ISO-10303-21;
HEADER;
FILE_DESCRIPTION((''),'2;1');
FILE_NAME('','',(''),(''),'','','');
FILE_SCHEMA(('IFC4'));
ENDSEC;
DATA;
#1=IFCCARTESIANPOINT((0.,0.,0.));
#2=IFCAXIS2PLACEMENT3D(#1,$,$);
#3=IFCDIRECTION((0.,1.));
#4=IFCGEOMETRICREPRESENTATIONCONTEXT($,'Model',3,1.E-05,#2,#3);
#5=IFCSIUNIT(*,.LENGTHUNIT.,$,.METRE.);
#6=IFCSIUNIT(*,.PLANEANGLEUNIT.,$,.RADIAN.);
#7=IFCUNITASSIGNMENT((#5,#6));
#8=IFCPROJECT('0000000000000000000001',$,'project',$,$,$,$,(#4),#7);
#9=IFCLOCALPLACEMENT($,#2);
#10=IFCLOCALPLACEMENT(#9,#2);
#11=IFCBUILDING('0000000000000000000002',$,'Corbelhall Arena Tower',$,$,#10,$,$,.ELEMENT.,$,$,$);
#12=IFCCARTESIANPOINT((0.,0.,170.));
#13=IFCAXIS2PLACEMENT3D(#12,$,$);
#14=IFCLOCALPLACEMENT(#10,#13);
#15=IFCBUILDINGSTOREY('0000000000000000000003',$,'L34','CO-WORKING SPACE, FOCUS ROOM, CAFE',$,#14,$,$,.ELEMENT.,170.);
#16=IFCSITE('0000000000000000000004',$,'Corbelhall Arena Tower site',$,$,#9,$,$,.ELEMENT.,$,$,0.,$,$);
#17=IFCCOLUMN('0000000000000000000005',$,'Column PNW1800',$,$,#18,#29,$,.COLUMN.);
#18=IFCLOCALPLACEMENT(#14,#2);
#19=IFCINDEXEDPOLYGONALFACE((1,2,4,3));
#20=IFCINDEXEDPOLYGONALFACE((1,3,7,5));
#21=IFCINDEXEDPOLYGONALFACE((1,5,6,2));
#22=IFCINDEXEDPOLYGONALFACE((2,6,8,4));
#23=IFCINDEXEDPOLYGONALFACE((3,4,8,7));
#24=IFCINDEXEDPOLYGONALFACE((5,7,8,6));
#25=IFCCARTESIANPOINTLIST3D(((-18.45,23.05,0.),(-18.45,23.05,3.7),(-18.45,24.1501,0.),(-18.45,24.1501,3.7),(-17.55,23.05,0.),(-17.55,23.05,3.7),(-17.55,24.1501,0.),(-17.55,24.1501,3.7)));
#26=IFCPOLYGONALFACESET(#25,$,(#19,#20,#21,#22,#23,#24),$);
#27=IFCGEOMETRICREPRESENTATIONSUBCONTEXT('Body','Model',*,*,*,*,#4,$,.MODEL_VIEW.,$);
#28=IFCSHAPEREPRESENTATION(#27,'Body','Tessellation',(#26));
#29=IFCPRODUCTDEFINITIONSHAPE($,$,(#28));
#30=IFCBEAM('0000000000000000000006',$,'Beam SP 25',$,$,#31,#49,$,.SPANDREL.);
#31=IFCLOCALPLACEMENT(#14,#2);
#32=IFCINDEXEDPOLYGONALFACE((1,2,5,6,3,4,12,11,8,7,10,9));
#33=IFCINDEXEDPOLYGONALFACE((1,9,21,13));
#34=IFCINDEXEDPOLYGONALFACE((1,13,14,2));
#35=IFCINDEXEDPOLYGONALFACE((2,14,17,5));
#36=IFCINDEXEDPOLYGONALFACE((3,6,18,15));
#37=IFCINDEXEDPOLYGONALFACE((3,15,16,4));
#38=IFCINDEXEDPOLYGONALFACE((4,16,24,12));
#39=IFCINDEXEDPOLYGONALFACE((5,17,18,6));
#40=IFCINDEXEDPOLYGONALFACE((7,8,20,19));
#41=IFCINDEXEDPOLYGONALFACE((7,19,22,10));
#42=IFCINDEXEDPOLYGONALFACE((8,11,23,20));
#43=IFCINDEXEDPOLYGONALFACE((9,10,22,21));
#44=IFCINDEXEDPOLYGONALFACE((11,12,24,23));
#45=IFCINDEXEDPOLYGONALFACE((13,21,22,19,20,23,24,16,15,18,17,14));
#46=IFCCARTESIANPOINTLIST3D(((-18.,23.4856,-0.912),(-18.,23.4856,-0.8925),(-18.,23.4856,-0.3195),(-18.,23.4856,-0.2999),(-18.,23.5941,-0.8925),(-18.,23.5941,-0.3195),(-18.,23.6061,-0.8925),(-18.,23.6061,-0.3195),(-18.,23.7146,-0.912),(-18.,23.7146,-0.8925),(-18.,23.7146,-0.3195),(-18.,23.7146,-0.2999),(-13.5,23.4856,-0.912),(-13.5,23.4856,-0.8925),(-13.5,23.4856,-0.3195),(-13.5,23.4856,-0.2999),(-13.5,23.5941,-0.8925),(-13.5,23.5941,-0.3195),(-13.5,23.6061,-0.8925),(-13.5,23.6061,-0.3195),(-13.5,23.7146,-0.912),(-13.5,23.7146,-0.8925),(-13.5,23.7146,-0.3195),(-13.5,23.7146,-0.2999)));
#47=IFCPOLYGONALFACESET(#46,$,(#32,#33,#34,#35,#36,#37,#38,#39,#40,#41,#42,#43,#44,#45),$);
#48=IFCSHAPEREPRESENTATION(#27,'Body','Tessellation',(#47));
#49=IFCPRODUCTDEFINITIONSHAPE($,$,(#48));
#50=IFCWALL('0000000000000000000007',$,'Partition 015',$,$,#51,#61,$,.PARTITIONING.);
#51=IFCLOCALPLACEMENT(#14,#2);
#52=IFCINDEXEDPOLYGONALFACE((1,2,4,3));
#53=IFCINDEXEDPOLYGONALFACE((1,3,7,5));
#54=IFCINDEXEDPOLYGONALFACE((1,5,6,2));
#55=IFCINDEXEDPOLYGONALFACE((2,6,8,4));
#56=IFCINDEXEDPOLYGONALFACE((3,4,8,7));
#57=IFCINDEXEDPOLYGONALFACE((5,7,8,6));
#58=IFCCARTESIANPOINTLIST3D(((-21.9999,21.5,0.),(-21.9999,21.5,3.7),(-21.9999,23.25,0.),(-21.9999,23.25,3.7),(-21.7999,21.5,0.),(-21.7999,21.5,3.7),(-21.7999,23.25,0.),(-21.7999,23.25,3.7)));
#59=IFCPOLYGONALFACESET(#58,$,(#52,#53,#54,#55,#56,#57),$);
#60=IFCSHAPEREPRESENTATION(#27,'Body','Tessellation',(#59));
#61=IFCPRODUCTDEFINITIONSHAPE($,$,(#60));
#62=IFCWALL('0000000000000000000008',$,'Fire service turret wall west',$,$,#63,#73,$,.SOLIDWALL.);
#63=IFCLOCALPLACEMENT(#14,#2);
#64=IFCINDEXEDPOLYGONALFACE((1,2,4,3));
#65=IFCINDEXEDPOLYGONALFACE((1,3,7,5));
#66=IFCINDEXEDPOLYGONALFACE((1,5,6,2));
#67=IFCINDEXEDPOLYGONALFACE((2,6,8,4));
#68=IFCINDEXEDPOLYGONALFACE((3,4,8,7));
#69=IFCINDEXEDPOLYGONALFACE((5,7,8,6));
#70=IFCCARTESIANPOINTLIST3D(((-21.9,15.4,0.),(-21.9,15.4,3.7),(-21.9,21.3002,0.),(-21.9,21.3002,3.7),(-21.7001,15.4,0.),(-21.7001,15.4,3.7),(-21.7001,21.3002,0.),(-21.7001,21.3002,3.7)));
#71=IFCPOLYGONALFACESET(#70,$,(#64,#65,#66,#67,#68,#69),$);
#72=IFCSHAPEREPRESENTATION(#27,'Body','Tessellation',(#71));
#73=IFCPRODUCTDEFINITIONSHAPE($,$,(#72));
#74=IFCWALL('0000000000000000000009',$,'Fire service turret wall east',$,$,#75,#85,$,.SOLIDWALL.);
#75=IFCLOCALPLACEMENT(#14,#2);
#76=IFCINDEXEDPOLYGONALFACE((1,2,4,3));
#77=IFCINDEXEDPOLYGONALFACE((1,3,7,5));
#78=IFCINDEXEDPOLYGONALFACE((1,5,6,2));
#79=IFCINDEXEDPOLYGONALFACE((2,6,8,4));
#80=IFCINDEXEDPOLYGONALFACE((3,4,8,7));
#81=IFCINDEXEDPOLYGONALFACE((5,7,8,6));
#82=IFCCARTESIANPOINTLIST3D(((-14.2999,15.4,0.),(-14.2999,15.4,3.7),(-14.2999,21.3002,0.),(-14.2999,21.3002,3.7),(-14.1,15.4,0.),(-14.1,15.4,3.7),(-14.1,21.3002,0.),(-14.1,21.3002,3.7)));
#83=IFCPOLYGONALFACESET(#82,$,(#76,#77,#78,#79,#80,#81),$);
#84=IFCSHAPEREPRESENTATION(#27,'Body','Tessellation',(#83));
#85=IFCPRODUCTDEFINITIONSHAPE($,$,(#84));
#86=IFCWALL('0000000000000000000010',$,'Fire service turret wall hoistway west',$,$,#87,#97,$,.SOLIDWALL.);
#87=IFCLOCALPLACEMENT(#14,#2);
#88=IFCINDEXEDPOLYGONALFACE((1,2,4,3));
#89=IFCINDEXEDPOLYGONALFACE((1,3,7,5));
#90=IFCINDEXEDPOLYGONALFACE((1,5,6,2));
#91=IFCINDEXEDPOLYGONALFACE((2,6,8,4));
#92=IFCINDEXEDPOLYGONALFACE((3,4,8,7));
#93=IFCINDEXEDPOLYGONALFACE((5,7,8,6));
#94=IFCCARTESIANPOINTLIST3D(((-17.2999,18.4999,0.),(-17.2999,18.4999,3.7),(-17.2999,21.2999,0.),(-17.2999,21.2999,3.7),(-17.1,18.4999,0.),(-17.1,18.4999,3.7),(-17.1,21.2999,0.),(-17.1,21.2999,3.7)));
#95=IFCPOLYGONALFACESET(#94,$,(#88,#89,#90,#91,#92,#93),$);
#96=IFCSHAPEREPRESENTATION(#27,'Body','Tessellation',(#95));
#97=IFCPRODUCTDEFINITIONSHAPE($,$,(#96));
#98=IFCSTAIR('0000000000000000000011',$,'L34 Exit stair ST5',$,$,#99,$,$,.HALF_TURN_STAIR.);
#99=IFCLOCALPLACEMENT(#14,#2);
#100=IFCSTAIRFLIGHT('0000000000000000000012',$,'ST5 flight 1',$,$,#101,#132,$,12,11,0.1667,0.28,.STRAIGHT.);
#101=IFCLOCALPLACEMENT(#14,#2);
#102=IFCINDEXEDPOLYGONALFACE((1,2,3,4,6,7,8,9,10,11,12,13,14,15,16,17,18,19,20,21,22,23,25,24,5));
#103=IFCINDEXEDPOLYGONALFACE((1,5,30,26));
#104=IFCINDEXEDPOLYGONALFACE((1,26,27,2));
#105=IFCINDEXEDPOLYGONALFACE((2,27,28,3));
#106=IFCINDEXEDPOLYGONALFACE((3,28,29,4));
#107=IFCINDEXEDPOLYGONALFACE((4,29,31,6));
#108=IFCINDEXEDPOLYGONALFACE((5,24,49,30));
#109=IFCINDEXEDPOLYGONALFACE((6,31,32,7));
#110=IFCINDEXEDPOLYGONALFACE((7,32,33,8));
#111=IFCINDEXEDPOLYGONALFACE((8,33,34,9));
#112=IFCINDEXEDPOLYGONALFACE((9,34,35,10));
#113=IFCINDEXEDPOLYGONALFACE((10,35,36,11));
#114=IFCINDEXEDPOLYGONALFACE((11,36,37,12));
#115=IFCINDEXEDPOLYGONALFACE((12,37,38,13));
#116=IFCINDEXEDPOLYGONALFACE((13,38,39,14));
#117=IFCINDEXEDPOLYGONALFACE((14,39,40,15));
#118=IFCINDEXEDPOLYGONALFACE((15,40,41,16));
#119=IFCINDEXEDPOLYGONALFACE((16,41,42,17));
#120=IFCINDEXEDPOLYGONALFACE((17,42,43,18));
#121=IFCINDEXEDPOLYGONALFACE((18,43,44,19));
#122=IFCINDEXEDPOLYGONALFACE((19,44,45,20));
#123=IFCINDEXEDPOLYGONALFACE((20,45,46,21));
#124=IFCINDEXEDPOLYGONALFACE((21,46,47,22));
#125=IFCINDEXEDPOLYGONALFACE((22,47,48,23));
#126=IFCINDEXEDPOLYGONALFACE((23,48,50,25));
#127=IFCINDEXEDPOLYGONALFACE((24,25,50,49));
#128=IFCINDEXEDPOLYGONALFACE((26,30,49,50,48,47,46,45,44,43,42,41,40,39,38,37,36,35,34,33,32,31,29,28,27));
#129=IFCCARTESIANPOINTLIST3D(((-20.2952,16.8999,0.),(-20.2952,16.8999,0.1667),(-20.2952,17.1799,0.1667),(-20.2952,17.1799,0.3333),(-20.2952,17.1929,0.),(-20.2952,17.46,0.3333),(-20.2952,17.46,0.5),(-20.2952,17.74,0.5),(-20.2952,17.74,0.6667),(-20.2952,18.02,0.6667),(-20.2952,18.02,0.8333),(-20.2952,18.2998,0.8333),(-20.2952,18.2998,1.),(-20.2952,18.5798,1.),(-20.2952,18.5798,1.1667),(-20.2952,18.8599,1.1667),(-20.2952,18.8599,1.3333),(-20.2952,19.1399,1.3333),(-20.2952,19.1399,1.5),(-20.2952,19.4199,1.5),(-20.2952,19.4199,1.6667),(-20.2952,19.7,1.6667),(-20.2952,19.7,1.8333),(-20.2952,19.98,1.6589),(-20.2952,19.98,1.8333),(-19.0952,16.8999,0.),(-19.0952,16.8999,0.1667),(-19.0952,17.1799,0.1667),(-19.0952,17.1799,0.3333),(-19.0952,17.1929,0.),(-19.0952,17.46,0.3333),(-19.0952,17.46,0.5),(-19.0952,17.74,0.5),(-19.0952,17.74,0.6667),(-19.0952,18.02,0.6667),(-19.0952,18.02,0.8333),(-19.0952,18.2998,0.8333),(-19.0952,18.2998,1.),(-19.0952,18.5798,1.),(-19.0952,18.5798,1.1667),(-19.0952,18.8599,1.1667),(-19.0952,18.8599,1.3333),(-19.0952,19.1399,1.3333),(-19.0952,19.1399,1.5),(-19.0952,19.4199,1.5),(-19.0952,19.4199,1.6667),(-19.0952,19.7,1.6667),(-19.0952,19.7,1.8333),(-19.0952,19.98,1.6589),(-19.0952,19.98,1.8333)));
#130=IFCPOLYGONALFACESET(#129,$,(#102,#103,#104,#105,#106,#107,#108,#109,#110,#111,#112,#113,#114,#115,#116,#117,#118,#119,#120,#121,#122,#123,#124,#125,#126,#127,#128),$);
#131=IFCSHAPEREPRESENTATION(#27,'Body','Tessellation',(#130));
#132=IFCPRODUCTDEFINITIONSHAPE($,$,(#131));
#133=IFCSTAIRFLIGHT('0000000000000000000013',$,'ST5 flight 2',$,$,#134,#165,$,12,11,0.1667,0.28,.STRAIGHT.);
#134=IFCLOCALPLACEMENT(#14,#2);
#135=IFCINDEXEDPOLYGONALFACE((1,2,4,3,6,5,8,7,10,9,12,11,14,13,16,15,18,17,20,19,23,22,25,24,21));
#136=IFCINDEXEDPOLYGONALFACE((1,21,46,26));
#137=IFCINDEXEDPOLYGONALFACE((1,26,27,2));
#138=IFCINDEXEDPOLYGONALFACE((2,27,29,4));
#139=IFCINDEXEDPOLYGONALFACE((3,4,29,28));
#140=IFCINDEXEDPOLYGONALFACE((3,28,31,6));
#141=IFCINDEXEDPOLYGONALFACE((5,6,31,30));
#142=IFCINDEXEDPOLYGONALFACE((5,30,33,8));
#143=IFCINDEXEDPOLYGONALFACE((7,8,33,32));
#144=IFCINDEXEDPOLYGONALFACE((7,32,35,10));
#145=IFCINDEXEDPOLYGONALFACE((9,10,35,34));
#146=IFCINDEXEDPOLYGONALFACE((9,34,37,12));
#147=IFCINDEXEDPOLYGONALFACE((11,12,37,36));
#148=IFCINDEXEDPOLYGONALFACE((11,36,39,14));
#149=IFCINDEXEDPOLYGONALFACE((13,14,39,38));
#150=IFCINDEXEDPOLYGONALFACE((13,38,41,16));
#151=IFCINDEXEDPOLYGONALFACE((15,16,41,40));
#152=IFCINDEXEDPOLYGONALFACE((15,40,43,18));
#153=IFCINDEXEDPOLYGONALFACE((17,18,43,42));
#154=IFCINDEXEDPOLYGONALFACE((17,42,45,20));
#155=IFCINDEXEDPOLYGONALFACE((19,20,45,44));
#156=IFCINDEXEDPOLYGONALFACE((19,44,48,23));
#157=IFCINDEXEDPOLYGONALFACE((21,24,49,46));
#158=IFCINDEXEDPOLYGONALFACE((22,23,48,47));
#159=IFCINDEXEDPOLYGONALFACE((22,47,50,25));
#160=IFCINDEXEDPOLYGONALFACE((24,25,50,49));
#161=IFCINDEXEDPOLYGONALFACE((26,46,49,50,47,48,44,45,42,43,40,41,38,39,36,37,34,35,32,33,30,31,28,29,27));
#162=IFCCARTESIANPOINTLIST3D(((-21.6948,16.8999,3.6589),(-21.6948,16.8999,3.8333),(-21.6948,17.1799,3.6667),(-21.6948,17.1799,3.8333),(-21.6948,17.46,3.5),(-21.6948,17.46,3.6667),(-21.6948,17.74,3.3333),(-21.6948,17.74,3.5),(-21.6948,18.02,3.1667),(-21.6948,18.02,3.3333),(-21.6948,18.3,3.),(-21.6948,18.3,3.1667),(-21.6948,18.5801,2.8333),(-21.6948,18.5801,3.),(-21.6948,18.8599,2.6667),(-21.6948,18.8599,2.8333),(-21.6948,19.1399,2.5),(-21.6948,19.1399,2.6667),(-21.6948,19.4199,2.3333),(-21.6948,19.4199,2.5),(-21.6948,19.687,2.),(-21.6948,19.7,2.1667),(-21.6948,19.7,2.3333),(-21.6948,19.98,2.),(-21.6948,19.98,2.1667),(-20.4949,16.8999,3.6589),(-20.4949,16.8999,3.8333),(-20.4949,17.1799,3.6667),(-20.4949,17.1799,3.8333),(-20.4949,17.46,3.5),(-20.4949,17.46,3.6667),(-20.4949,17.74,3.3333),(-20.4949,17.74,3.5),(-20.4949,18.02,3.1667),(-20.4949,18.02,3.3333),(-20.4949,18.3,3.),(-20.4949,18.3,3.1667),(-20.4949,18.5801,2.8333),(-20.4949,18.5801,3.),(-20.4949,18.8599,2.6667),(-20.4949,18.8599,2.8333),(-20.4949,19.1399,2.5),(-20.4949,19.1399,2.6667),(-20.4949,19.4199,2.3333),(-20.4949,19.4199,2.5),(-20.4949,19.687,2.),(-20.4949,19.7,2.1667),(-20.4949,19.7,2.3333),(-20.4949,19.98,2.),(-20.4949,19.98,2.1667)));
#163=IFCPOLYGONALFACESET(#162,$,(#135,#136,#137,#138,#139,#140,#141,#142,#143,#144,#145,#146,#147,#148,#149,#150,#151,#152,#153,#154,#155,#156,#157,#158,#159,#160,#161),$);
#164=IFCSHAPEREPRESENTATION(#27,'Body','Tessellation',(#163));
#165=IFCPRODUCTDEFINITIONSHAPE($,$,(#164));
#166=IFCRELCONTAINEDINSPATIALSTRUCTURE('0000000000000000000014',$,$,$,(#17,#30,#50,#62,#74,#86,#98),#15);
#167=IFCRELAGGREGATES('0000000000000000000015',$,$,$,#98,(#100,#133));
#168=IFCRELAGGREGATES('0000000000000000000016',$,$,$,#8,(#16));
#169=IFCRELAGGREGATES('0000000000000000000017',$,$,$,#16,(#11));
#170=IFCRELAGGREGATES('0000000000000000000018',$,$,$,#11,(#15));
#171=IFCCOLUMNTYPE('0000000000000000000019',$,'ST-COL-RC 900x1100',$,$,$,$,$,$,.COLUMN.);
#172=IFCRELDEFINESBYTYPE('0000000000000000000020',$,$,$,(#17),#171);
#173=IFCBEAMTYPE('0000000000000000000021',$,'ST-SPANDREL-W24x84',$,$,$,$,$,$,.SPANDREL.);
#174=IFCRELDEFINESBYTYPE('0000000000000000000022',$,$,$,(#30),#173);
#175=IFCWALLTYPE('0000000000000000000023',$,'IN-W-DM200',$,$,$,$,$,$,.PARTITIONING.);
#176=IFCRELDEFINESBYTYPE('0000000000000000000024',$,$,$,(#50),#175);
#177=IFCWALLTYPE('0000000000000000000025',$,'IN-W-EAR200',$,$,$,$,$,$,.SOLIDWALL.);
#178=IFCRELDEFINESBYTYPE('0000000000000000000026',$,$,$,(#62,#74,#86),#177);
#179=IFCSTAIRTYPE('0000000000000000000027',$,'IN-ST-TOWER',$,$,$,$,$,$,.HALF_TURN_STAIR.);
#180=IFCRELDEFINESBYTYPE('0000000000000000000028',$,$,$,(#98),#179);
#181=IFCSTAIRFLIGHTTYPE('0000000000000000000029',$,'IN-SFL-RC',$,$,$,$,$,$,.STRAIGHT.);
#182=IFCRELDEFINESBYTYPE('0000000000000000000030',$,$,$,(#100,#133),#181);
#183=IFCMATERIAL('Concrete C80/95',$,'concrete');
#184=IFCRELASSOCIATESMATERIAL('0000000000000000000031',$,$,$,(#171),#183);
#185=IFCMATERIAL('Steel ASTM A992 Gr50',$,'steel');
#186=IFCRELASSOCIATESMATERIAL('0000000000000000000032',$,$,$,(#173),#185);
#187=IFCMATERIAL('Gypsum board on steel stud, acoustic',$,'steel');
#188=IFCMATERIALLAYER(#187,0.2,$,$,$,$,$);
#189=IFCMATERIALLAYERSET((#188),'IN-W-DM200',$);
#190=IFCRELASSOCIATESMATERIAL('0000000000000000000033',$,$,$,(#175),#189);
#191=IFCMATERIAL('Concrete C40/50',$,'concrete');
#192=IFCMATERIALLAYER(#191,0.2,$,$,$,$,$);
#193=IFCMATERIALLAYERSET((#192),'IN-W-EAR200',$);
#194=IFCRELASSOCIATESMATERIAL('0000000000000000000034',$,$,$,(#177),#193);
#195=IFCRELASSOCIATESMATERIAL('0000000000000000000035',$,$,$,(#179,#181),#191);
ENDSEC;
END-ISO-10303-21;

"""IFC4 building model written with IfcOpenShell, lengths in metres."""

from ifc_helpers import new_model, si_unit, direction, frame, frame_2d, origin, origin_2d, place, context, subcontext, project, spatial, polyline, rectangle, i_section, outline, extrude, material, layer, layer_set, material_profile, profile_set, type_object, element, aggregate, save


model = new_model("IFC4")

# Units and contexts
model_context = context("Model", 3, precision=1e-05, world=origin(), true_north=direction((0.0, 1.0)))
body_context = subcontext(model_context, "Body", "Model", "MODEL_VIEW")
ifc_project = project(units=[si_unit("LENGTHUNIT", "METRE"), si_unit("PLANEANGLEUNIT", "RADIAN")], contexts=[model_context])

# Site, building, storey
site_placement = place(None, origin())
site = spatial("IfcSite", under=ifc_project, at=site_placement, Name="Corbelhall Arena Tower site", CompositionType="ELEMENT", RefElevation=0.0)
building_placement = place(site_placement, origin())
building = spatial("IfcBuilding", under=site, at=building_placement, Name="Corbelhall Arena Tower", CompositionType="ELEMENT")
storey_placement = place(building_placement, frame((0.0, 0.0, 170.0)))
storey = spatial("IfcBuildingStorey", under=building, at=storey_placement, Name="L34", Description="CO-WORKING SPACE, FOCUS ROOM, CAFE", CompositionType="ELEMENT", Elevation=170.0)

# Column
ifc_material_1 = material(Name="Concrete C80/95", Category="concrete")
ifc_material_profile_1 = material_profile(ifc_material_1, rectangle(XDim=0.8999, YDim=1.1001, at=origin_2d()))
ifc_profile_set_1 = profile_set([ifc_material_profile_1], Name="Concrete C80/95")
column_type = type_object("IfcColumnType", Name="ST-COL-RC 900x1100", PredefinedType="COLUMN", material=ifc_profile_set_1)
column_placement = place(storey_placement, frame((-18.0, 23.6001, 0.0), z_axis=(0.0, 0.0, 1.0), x_axis=(1.0, 0.0, 0.0)))
element("IfcColumn", 1, at=column_placement, inside=storey, type_object=column_type, Name="Column PNW1800", PredefinedType="COLUMN", context=body_context, shape_type="SweptSolid", body=[
    extrude(rectangle(XDim=0.8999, YDim=1.1001, at=origin_2d()), origin(), (0.0, 0.0, 1.0), 3.7),
])

# Beam
ifc_material_2 = material(Name="Steel ASTM A992 Gr50", Category="steel")
ifc_material_profile_2 = material_profile(ifc_material_2, i_section(OverallWidth=0.229, OverallDepth=0.6121, WebThickness=0.012, FlangeThickness=0.0195, at=origin_2d()))
ifc_profile_set_2 = profile_set([ifc_material_profile_2], Name="Steel ASTM A992 Gr50")
beam_type = type_object("IfcBeamType", Name="ST-SPANDREL-W24x84", PredefinedType="SPANDREL", material=ifc_profile_set_2)
beam_placement = place(storey_placement, frame((-18.0, 23.6001, -0.606), z_axis=(1.0, 0.0, 0.0), x_axis=(0.0, 1.0, 0.0)))
element("IfcBeam", 2, at=beam_placement, inside=storey, type_object=beam_type, Name="Beam SP 25", PredefinedType="SPANDREL", context=body_context, shape_type="SweptSolid", body=[
    extrude(i_section(OverallWidth=0.229, OverallDepth=0.6121, WebThickness=0.012, FlangeThickness=0.0195, at=origin_2d()), origin(), (0.0, 0.0, 1.0), 4.5),
])

# Wall
ifc_material_3 = material(Name="Gypsum board on steel stud, acoustic", Category="steel")
ifc_layer_1 = layer(ifc_material_3, 0.2)
ifc_layer_set_1 = layer_set([ifc_layer_1], Name="IN-W-DM200")
wall_type_1 = type_object("IfcWallType", Name="IN-W-DM200", PredefinedType="PARTITIONING", material=ifc_layer_set_1)
wall_1_placement = place(storey_placement, frame((-21.8999, 21.5, 0.0), z_axis=(0.0, 0.0, 1.0), x_axis=(0.0, 1.0, 0.0)))
element("IfcWall", 3, at=wall_1_placement, inside=storey, type_object=wall_type_1, Name="Partition 015", PredefinedType="PARTITIONING", context=body_context, shape_type="SweptSolid", body=[
    extrude(rectangle(XDim=1.75, YDim=0.2, at=frame_2d((0.875, 0.0))), origin(), (0.0, 0.0, 1.0), 3.7),
])

# Walls
ifc_material_4 = material(Name="Concrete C40/50", Category="concrete")
ifc_layer_2 = layer(ifc_material_4, 0.2)
ifc_layer_set_2 = layer_set([ifc_layer_2], Name="IN-W-EAR200")
wall_type_2 = type_object("IfcWallType", Name="IN-W-EAR200", PredefinedType="SOLIDWALL", material=ifc_layer_set_2)
for number, where, z_axis, x_axis, name in (
    (4, (-21.8, 15.3999, 0.0), (0.0, 0.0, 1.0), (0.0, 1.0, 0.0), "Fire service turret wall west"),
    (5, (-14.2, 15.3999, 0.0), (0.0, 0.0, 1.0), (0.0, 1.0, 0.0), "Fire service turret wall east"),
):
    element("IfcWall", number, at=place(storey_placement, frame(where, z_axis=z_axis, x_axis=x_axis)), inside=storey, type_object=wall_type_2, Name=name, PredefinedType="SOLIDWALL", context=body_context, shape_type="SweptSolid", body=[
        extrude(rectangle(XDim=5.9001, YDim=0.2, at=frame_2d((2.9502, 0.0))), origin(), (0.0, 0.0, 1.0), 3.7),
    ])

# Wall
wall_2_placement = place(storey_placement, frame((-17.2, 18.5, 0.0), z_axis=(0.0, 0.0, 1.0), x_axis=(0.0, 1.0, 0.0)))
element("IfcWall", 6, at=wall_2_placement, inside=storey, type_object=wall_type_2, Name="Fire service turret wall hoistway west", PredefinedType="SOLIDWALL", context=body_context, shape_type="SweptSolid", body=[
    extrude(rectangle(XDim=2.8, YDim=0.2, at=frame_2d((1.3999, 0.0))), origin(), (0.0, 0.0, 1.0), 3.7),
])

# Stair, stair flights
stair_type = type_object("IfcStairType", Name="IN-ST-TOWER", PredefinedType="HALF_TURN_STAIR", material=ifc_material_4)
stair_placement = place(storey_placement, origin())
stair = element("IfcStair", 7, at=stair_placement, inside=storey, type_object=stair_type, Name="L34 Exit stair ST5", PredefinedType="HALF_TURN_STAIR")
stair_flight_type = type_object("IfcStairFlightType", Name="IN-SFL-RC", PredefinedType="STRAIGHT", material=ifc_material_4)
stair_flight_1_placement = place(storey_placement, frame((-19.6951, 16.8999, 0.0), z_axis=(0.0, 0.0, 1.0), x_axis=(0.0, 1.0, 0.0)))
stair_flight_1 = element("IfcStairFlight", 8, at=stair_flight_1_placement, type_object=stair_flight_type, Name="ST5 flight 1", NumberOfRisers=12, NumberOfTreads=11, PredefinedType="STRAIGHT", RiserHeight=0.1667, TreadLength=0.28, context=body_context, shape_type="SweptSolid", body=[
    extrude(outline(polyline([(0.0, 0.0), (0.0, 0.1667), (0.28, 0.1667), (0.28, 0.3333), (0.5601, 0.3333), (0.5601, 0.5), (0.8401, 0.5), (0.8401, 0.6667), (1.1201, 0.6667), (1.1201, 0.8333), (1.3999, 0.8333), (1.3999, 1.0), (1.6799, 1.0), (1.6799, 1.1667), (1.96, 1.1667), (1.96, 1.3333), (2.24, 1.3333), (2.24, 1.5), (2.52, 1.5), (2.52, 1.6667), (2.8, 1.6667), (2.8, 1.8333), (3.0801, 1.8333), (3.0801, 2.0), (3.0801, 1.6589), (0.293, 0.0), (0.0, 0.0)])), frame((0.0, 0.6001, 0.0), z_axis=(0.0, -1.0, 0.0), x_axis=(1.0, 0.0, 0.0)), (0.0, 0.0, 1.0), 1.2),
])
stair_flight_2_placement = place(storey_placement, frame((-21.095, 19.98, 2.0), z_axis=(0.0, 0.0, 1.0), x_axis=(0.0, -1.0, 0.0)))
stair_flight_2 = element("IfcStairFlight", 9, at=stair_flight_2_placement, type_object=stair_flight_type, Name="ST5 flight 2", NumberOfRisers=12, NumberOfTreads=11, PredefinedType="STRAIGHT", RiserHeight=0.1667, TreadLength=0.28, context=body_context, shape_type="SweptSolid", body=[
    extrude(outline(polyline([(0.0, 0.0), (0.0, 0.1667), (0.28, 0.1667), (0.28, 0.3333), (0.5601, 0.3333), (0.5601, 0.5), (0.8401, 0.5), (0.8401, 0.6667), (1.1201, 0.6667), (1.1201, 0.8333), (1.3999, 0.8333), (1.3999, 1.0), (1.6799, 1.0), (1.6799, 1.1667), (1.96, 1.1667), (1.96, 1.3333), (2.24, 1.3333), (2.24, 1.5), (2.52, 1.5), (2.52, 1.6667), (2.8, 1.6667), (2.8, 1.8333), (3.0801, 1.8333), (3.0801, 2.0), (3.0801, 1.6589), (0.293, 0.0), (0.0, 0.0)])), frame((0.0, 0.6001, 0.0), z_axis=(0.0, -1.0, 0.0), x_axis=(1.0, 0.0, 0.0)), (0.0, 0.0, 1.0), 1.2),
])
aggregate(stair, [stair_flight_1, stair_flight_2])

save(model, "model.ifc")
